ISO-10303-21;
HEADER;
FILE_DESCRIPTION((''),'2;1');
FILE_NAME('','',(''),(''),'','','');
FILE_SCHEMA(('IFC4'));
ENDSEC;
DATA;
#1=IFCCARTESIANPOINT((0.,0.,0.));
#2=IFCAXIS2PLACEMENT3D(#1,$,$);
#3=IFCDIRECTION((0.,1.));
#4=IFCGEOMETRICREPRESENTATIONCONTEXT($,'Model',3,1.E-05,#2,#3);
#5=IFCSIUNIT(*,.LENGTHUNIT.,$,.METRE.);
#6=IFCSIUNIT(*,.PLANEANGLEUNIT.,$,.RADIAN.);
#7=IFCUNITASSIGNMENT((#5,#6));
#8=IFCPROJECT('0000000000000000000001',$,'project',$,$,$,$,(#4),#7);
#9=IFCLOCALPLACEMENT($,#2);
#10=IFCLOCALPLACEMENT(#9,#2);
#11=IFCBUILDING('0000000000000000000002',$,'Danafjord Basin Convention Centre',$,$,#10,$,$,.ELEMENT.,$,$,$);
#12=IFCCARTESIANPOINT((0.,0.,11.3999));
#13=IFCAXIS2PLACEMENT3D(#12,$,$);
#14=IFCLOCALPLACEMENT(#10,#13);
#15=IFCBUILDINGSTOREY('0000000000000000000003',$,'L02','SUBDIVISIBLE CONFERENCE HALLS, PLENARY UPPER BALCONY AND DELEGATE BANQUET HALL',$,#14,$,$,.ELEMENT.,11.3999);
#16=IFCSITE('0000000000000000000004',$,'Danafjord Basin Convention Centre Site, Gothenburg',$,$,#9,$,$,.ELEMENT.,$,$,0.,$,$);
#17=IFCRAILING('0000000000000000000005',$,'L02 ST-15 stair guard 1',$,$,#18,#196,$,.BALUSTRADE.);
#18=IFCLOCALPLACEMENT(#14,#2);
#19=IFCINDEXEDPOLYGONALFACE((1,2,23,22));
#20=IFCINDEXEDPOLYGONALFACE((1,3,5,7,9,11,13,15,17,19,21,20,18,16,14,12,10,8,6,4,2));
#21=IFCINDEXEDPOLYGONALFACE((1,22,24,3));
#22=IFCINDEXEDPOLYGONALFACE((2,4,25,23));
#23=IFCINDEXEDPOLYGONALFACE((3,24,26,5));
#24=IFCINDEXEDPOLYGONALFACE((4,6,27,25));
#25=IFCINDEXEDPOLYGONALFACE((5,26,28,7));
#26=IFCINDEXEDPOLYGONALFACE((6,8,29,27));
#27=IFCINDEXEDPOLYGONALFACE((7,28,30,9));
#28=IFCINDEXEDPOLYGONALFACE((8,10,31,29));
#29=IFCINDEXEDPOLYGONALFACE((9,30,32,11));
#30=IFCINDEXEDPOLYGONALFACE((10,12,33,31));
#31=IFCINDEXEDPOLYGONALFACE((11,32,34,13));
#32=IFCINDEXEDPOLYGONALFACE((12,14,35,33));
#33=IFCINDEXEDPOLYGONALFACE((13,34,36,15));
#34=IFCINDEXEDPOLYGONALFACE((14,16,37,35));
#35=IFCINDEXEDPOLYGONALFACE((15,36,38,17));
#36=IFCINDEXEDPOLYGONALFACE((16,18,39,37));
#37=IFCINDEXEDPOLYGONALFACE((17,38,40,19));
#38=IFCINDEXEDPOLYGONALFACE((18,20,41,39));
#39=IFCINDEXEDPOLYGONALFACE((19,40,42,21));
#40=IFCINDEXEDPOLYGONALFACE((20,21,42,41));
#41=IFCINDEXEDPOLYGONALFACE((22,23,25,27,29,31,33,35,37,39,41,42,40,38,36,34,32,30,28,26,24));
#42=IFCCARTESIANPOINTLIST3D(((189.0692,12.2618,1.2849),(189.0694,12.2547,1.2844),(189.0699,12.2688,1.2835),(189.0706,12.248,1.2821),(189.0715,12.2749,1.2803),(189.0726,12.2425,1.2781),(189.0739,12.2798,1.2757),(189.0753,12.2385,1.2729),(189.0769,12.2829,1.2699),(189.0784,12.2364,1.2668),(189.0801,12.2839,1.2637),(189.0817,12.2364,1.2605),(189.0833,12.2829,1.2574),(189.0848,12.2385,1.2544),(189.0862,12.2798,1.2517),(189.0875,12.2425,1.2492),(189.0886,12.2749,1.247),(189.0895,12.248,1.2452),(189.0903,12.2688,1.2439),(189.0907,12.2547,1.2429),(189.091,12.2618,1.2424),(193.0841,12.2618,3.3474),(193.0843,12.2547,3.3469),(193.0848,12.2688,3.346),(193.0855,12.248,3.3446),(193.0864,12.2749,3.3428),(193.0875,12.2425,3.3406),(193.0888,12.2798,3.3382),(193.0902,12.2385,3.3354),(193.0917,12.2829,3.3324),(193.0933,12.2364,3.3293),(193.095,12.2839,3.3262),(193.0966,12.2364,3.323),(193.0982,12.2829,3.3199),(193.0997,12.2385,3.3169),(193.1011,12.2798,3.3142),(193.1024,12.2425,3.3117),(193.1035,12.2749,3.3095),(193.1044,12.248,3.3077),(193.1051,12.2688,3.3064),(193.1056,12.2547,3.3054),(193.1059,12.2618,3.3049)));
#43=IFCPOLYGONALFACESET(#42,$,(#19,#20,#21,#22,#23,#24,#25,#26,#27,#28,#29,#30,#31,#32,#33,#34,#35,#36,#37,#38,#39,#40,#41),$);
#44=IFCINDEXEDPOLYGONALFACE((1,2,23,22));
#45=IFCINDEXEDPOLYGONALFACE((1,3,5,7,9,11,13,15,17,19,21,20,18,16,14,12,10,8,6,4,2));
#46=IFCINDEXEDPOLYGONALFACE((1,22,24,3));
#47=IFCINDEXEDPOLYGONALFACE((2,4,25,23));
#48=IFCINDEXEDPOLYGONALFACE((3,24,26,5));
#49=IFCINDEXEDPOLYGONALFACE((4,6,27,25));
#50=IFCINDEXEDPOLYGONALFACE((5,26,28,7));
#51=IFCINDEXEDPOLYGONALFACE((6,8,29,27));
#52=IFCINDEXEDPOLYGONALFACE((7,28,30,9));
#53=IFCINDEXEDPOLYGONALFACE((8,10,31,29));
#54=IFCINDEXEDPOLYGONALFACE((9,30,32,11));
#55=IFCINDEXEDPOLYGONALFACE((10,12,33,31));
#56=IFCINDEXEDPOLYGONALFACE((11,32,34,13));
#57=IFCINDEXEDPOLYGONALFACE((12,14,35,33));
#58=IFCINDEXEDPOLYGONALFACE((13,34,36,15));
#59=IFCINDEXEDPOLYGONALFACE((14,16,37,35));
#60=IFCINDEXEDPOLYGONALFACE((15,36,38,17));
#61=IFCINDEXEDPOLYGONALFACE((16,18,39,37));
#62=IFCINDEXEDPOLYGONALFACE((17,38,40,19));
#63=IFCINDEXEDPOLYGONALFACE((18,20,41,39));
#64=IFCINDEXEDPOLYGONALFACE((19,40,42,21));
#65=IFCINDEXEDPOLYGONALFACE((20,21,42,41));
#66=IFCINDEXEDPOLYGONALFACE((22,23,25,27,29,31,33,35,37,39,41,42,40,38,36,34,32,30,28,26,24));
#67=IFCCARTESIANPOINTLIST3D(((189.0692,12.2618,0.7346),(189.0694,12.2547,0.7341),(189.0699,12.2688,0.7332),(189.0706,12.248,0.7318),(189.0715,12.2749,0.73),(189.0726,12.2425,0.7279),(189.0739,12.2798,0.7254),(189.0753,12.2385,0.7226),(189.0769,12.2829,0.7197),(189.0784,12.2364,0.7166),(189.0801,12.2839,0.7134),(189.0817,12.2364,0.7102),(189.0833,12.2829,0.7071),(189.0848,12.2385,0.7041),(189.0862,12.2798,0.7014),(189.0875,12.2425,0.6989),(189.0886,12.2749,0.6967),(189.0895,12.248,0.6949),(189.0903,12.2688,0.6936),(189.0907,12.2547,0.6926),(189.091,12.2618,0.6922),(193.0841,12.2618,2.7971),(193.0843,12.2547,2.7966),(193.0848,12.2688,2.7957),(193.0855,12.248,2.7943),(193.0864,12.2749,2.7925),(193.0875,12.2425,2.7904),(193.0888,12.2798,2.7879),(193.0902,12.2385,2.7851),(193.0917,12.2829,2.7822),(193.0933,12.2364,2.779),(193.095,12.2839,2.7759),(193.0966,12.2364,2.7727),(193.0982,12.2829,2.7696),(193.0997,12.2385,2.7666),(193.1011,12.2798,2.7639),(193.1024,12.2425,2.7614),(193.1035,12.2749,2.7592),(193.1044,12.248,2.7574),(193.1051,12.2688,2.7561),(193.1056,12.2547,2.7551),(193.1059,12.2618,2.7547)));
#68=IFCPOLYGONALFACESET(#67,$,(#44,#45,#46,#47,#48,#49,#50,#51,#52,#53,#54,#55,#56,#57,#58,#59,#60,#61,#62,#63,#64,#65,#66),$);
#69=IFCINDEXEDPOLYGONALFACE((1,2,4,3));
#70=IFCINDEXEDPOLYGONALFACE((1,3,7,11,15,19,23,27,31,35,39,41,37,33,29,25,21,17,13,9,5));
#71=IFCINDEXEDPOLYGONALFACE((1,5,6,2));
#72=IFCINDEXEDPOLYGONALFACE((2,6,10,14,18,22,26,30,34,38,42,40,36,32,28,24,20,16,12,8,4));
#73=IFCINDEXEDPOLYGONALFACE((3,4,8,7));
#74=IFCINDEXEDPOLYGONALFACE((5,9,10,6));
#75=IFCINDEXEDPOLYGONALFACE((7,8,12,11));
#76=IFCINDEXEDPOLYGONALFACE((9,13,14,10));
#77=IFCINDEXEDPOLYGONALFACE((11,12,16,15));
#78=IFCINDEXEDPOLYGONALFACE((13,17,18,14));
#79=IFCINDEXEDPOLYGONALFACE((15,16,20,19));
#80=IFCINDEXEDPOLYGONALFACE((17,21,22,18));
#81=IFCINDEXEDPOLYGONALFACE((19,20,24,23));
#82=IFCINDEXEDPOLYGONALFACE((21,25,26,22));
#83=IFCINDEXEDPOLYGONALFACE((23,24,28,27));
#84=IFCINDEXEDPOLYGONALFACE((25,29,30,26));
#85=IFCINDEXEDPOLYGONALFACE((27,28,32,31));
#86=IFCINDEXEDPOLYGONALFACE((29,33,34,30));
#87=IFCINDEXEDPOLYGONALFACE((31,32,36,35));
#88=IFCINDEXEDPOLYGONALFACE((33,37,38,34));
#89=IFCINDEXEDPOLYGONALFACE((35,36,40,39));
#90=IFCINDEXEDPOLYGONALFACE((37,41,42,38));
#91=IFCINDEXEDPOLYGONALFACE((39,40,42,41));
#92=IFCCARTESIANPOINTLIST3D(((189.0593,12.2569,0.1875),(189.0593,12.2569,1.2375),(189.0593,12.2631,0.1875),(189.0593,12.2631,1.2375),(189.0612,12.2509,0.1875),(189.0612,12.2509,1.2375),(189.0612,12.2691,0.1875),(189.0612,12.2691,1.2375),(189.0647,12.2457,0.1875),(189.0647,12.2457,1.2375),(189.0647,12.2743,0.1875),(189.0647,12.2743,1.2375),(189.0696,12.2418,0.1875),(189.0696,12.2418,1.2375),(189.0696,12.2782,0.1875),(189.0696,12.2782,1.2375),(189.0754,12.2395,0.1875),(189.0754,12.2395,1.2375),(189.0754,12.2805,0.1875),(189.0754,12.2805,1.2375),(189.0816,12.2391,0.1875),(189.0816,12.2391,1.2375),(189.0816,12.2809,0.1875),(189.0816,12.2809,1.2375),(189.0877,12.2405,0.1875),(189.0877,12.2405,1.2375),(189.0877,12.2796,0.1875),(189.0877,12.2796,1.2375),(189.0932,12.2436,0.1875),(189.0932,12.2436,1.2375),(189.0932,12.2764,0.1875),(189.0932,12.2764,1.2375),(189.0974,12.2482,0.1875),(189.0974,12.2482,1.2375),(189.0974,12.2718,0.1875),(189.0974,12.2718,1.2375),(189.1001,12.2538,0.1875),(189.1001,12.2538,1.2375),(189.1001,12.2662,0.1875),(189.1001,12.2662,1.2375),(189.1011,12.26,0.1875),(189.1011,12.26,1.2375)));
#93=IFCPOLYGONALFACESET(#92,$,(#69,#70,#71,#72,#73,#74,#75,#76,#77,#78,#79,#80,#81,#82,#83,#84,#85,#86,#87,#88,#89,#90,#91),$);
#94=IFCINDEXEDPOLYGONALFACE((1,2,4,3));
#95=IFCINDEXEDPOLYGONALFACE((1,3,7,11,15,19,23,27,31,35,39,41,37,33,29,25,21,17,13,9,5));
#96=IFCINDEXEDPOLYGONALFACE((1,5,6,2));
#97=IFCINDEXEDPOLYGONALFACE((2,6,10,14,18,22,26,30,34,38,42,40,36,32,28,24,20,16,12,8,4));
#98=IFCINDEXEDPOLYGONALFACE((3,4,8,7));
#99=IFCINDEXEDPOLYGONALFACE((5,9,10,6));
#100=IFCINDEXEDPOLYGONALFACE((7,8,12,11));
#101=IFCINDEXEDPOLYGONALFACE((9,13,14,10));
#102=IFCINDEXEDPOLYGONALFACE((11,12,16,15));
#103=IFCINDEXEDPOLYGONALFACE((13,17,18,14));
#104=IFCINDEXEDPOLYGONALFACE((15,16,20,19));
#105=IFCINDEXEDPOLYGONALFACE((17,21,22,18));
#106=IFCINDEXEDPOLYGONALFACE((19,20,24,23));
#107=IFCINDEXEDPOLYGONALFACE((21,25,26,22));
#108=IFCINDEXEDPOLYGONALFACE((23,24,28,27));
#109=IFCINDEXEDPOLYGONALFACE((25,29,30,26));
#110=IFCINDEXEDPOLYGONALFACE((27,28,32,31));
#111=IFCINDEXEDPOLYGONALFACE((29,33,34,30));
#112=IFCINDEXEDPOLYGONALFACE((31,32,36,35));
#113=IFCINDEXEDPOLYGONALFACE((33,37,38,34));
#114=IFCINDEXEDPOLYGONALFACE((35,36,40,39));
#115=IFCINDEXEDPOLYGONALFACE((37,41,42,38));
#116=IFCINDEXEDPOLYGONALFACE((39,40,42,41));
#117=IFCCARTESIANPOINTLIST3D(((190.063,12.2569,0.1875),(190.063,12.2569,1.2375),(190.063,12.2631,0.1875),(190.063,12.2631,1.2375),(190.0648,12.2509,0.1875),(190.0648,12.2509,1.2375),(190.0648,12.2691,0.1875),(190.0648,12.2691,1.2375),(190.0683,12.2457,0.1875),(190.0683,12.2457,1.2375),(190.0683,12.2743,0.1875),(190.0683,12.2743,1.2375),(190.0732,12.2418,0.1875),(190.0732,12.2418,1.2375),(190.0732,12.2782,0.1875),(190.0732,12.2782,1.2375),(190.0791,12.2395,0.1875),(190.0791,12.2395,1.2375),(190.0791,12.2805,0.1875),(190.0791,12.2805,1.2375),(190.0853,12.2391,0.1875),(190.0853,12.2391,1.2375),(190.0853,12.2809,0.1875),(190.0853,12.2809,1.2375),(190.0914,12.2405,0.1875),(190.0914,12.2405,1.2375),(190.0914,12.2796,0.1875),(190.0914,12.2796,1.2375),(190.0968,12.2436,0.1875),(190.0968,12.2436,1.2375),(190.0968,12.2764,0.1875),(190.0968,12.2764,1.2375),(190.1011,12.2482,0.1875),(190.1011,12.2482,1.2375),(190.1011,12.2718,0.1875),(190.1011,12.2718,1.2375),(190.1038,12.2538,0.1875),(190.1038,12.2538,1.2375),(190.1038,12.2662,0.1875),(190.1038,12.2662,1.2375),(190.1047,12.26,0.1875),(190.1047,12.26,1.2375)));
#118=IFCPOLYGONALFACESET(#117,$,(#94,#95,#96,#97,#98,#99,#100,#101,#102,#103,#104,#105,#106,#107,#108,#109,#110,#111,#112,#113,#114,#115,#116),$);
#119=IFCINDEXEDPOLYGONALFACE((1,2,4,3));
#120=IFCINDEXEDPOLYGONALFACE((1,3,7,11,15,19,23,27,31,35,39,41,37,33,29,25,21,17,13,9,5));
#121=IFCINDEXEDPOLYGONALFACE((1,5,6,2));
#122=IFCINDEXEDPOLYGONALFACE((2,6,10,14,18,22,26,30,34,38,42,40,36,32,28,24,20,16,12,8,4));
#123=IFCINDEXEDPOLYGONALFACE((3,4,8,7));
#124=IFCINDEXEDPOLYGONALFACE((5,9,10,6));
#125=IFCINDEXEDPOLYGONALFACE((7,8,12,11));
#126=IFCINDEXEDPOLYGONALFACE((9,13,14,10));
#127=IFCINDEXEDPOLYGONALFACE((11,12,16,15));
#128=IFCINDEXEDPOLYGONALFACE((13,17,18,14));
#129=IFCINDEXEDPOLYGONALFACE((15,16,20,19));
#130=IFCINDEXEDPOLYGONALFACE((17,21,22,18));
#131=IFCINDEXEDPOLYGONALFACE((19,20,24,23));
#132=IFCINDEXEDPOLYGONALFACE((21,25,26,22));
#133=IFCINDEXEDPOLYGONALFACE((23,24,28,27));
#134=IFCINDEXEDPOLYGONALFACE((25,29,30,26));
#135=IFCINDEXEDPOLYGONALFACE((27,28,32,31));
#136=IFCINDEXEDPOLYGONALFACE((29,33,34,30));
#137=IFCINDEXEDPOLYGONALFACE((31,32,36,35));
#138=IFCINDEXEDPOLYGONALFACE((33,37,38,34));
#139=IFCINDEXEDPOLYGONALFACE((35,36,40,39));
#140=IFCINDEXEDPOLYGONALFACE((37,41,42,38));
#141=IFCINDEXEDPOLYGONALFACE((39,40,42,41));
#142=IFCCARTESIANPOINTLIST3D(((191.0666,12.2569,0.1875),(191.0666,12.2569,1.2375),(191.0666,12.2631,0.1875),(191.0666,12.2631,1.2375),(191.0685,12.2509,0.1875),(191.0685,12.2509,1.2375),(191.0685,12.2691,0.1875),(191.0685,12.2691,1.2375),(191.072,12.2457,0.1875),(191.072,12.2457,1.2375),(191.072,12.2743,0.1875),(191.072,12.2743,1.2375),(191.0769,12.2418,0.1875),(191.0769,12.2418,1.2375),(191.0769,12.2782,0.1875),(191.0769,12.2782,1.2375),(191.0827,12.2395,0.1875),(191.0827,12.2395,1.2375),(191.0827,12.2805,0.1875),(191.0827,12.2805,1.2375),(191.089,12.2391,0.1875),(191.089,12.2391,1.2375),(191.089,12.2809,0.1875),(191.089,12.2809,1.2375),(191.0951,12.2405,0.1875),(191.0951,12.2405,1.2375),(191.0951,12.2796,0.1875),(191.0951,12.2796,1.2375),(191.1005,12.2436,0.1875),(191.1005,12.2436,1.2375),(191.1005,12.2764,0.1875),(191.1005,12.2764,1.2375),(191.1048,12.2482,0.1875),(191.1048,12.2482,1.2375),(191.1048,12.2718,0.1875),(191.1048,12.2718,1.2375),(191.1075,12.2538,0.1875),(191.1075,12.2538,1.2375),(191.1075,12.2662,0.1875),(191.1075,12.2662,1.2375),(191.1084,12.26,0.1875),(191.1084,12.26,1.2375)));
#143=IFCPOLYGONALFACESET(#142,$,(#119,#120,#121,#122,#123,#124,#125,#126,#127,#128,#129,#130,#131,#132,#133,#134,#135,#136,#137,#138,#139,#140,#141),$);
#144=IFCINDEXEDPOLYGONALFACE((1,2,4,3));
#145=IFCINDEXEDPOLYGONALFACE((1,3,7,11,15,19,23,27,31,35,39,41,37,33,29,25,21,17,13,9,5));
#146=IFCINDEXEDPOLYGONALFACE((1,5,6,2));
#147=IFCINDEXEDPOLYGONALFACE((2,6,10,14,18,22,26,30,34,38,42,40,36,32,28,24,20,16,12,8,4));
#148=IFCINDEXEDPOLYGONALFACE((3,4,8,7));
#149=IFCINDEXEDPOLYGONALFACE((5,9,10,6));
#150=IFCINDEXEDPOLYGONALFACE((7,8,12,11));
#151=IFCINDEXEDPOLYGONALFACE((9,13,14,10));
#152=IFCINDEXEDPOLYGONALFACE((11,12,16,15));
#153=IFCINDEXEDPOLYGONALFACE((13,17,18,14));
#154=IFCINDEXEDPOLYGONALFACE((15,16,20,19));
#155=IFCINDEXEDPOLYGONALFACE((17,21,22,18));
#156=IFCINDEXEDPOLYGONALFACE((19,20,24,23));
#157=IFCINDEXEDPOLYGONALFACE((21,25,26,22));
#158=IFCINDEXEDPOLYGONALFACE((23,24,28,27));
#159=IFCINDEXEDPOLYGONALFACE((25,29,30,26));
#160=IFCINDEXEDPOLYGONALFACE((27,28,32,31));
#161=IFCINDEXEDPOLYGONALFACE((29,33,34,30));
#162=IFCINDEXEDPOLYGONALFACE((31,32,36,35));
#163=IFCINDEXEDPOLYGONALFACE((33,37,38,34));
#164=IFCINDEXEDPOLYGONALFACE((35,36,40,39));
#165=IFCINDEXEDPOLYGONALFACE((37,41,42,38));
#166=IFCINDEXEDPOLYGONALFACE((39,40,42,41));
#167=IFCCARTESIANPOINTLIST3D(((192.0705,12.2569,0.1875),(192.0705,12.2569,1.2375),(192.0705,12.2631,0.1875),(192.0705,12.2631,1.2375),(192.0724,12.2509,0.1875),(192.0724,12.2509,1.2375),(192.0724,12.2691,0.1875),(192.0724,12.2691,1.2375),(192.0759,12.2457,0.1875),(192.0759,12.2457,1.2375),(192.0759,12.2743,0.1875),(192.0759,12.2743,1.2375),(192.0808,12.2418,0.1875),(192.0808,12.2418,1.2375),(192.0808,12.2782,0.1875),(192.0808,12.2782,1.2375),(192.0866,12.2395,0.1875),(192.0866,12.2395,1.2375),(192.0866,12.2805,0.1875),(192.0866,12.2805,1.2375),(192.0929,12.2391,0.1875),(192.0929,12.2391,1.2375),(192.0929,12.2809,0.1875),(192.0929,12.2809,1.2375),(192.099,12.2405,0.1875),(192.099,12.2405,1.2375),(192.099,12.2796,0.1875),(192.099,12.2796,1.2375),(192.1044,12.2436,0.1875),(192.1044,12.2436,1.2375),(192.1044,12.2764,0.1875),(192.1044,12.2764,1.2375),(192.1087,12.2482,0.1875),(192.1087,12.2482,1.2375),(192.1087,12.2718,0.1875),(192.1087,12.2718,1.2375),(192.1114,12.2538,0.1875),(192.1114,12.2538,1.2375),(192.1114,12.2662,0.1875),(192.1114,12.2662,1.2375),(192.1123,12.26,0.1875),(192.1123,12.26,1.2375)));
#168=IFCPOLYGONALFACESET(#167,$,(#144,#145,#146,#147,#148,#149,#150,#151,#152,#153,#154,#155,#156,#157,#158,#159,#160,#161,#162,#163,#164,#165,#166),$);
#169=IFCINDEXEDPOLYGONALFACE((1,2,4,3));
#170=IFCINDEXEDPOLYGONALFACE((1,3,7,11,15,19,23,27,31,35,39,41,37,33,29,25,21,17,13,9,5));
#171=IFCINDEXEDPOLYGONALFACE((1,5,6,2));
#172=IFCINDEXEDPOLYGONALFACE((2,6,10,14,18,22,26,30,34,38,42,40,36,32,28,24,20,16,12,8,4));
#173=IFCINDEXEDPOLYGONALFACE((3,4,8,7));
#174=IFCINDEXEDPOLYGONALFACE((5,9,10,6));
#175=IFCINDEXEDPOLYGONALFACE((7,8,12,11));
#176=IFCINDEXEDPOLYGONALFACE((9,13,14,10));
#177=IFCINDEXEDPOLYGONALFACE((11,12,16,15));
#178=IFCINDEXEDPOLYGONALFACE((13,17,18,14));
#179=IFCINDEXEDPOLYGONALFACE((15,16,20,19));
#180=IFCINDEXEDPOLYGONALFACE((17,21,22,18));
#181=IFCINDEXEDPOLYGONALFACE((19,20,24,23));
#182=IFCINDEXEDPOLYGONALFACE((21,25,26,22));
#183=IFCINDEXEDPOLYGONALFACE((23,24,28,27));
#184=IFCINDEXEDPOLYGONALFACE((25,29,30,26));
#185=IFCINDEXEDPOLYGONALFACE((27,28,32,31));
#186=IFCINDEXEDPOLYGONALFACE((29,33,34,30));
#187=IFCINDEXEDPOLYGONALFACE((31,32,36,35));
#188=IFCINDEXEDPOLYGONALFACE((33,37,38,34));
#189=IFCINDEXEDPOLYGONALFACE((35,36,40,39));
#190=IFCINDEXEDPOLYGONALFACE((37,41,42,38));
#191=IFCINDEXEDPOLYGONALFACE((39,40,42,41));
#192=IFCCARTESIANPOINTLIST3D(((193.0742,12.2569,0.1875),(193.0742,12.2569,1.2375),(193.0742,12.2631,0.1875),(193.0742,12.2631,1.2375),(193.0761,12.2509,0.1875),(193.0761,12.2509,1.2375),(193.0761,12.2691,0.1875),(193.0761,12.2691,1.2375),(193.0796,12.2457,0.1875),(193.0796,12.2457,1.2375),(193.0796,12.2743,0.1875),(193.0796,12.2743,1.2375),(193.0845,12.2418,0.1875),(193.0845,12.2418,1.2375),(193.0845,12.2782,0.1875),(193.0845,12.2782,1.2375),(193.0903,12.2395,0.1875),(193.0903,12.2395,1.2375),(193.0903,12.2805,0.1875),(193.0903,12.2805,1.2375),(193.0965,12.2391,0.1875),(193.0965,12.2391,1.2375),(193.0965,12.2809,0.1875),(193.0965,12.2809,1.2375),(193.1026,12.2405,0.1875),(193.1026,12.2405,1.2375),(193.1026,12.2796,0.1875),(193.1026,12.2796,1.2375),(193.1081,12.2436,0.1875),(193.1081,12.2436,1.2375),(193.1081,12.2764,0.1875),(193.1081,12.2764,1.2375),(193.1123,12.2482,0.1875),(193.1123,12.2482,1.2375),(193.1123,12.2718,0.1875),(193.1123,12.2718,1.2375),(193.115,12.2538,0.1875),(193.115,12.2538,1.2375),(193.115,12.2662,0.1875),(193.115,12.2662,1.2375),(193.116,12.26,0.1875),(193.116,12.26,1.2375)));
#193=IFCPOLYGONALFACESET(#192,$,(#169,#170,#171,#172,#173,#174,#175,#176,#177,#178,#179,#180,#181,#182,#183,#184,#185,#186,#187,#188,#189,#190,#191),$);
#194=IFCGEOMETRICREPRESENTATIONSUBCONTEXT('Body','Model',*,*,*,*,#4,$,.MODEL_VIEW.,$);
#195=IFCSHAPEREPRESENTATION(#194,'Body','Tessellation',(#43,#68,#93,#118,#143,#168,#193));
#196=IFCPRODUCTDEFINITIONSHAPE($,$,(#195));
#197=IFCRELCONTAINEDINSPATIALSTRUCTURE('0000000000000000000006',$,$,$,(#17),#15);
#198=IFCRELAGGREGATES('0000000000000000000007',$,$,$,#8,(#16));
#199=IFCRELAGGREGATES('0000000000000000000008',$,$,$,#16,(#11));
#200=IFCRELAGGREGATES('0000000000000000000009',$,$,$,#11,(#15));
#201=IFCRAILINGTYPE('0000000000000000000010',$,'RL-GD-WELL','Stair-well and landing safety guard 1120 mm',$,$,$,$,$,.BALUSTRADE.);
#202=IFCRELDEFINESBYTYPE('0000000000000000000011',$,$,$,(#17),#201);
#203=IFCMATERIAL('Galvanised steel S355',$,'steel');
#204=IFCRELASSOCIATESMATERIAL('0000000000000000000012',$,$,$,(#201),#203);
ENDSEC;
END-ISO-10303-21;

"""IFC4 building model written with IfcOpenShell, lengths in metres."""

from ifc_helpers import new_model, si_unit, direction, frame, origin, origin_2d, place, context, subcontext, project, spatial, circle, extrude, material, type_object, element, save


model = new_model("IFC4")

# Units and contexts
model_context = context("Model", 3, precision=1e-05, world=origin(), true_north=direction((0.0, 1.0)))
body_context = subcontext(model_context, "Body", "Model", "MODEL_VIEW")
ifc_project = project(units=[si_unit("LENGTHUNIT", "METRE"), si_unit("PLANEANGLEUNIT", "RADIAN")], contexts=[model_context])

# Site, building, storey
site_placement = place(None, origin())
site = spatial("IfcSite", under=ifc_project, at=site_placement, Name="Danafjord Basin Convention Centre Site, Gothenburg", CompositionType="ELEMENT", RefElevation=0.0)
building_placement = place(site_placement, origin())
building = spatial("IfcBuilding", under=site, at=building_placement, Name="Danafjord Basin Convention Centre", CompositionType="ELEMENT")
storey_placement = place(building_placement, frame((0.0, 0.0, 11.3999)))
storey = spatial("IfcBuildingStorey", under=building, at=storey_placement, Name="L02", Description="SUBDIVISIBLE CONFERENCE HALLS, PLENARY UPPER BALCONY AND DELEGATE BANQUET HALL", CompositionType="ELEMENT", Elevation=11.3999)

# Railing
ifc_material_1 = material(Name="Galvanised steel S355", Category="steel")
railing_type_1 = type_object("IfcRailingType", Name="RL-GD-WELL", Description="Stair-well and landing safety guard 1120 mm", PredefinedType="BALUSTRADE", material=ifc_material_1)
railing_1_placement = place(storey_placement, frame((189.0801, 12.26, 0.1875)))
element("IfcRailing", 1, at=railing_1_placement, inside=storey, type_object=railing_type_1, Name="L02 ST-15 stair guard 1", PredefinedType="BALUSTRADE", context=body_context, shape_type="SweptSolid", body=[
    extrude(circle(Radius=0.0239, at=origin_2d()), frame((0.0, 0.0, 1.0762), z_axis=(0.889495, 0.0, 0.456945), x_axis=(0.0, 1.0, 0.0)), (0.0, 0.0, 1.0), 4.5137),
    extrude(circle(Radius=0.0239, at=origin_2d()), frame((0.0, 0.0, 0.5259), z_axis=(0.889495, 0.0, 0.456945), x_axis=(0.0, 1.0, 0.0)), (0.0, 0.0, 1.0), 4.5137),
    extrude(circle(Radius=0.021, at=origin_2d()), origin(), (0.0, 0.0, 1.0), 1.05),
    extrude(circle(Radius=0.021, at=origin_2d()), frame((1.0037, 0.0, 0.0)), (0.0, 0.0, 1.0), 1.05),
    extrude(circle(Radius=0.021, at=origin_2d()), frame((2.0073, 0.0, 0.0)), (0.0, 0.0, 1.0), 1.05),
    extrude(circle(Radius=0.021, at=origin_2d()), frame((3.0112, 0.0, 0.0)), (0.0, 0.0, 1.0), 1.05),
    extrude(circle(Radius=0.021, at=origin_2d()), frame((4.0149, 0.0, 0.0)), (0.0, 0.0, 1.0), 1.05),
])

save(model, "model.ifc")
